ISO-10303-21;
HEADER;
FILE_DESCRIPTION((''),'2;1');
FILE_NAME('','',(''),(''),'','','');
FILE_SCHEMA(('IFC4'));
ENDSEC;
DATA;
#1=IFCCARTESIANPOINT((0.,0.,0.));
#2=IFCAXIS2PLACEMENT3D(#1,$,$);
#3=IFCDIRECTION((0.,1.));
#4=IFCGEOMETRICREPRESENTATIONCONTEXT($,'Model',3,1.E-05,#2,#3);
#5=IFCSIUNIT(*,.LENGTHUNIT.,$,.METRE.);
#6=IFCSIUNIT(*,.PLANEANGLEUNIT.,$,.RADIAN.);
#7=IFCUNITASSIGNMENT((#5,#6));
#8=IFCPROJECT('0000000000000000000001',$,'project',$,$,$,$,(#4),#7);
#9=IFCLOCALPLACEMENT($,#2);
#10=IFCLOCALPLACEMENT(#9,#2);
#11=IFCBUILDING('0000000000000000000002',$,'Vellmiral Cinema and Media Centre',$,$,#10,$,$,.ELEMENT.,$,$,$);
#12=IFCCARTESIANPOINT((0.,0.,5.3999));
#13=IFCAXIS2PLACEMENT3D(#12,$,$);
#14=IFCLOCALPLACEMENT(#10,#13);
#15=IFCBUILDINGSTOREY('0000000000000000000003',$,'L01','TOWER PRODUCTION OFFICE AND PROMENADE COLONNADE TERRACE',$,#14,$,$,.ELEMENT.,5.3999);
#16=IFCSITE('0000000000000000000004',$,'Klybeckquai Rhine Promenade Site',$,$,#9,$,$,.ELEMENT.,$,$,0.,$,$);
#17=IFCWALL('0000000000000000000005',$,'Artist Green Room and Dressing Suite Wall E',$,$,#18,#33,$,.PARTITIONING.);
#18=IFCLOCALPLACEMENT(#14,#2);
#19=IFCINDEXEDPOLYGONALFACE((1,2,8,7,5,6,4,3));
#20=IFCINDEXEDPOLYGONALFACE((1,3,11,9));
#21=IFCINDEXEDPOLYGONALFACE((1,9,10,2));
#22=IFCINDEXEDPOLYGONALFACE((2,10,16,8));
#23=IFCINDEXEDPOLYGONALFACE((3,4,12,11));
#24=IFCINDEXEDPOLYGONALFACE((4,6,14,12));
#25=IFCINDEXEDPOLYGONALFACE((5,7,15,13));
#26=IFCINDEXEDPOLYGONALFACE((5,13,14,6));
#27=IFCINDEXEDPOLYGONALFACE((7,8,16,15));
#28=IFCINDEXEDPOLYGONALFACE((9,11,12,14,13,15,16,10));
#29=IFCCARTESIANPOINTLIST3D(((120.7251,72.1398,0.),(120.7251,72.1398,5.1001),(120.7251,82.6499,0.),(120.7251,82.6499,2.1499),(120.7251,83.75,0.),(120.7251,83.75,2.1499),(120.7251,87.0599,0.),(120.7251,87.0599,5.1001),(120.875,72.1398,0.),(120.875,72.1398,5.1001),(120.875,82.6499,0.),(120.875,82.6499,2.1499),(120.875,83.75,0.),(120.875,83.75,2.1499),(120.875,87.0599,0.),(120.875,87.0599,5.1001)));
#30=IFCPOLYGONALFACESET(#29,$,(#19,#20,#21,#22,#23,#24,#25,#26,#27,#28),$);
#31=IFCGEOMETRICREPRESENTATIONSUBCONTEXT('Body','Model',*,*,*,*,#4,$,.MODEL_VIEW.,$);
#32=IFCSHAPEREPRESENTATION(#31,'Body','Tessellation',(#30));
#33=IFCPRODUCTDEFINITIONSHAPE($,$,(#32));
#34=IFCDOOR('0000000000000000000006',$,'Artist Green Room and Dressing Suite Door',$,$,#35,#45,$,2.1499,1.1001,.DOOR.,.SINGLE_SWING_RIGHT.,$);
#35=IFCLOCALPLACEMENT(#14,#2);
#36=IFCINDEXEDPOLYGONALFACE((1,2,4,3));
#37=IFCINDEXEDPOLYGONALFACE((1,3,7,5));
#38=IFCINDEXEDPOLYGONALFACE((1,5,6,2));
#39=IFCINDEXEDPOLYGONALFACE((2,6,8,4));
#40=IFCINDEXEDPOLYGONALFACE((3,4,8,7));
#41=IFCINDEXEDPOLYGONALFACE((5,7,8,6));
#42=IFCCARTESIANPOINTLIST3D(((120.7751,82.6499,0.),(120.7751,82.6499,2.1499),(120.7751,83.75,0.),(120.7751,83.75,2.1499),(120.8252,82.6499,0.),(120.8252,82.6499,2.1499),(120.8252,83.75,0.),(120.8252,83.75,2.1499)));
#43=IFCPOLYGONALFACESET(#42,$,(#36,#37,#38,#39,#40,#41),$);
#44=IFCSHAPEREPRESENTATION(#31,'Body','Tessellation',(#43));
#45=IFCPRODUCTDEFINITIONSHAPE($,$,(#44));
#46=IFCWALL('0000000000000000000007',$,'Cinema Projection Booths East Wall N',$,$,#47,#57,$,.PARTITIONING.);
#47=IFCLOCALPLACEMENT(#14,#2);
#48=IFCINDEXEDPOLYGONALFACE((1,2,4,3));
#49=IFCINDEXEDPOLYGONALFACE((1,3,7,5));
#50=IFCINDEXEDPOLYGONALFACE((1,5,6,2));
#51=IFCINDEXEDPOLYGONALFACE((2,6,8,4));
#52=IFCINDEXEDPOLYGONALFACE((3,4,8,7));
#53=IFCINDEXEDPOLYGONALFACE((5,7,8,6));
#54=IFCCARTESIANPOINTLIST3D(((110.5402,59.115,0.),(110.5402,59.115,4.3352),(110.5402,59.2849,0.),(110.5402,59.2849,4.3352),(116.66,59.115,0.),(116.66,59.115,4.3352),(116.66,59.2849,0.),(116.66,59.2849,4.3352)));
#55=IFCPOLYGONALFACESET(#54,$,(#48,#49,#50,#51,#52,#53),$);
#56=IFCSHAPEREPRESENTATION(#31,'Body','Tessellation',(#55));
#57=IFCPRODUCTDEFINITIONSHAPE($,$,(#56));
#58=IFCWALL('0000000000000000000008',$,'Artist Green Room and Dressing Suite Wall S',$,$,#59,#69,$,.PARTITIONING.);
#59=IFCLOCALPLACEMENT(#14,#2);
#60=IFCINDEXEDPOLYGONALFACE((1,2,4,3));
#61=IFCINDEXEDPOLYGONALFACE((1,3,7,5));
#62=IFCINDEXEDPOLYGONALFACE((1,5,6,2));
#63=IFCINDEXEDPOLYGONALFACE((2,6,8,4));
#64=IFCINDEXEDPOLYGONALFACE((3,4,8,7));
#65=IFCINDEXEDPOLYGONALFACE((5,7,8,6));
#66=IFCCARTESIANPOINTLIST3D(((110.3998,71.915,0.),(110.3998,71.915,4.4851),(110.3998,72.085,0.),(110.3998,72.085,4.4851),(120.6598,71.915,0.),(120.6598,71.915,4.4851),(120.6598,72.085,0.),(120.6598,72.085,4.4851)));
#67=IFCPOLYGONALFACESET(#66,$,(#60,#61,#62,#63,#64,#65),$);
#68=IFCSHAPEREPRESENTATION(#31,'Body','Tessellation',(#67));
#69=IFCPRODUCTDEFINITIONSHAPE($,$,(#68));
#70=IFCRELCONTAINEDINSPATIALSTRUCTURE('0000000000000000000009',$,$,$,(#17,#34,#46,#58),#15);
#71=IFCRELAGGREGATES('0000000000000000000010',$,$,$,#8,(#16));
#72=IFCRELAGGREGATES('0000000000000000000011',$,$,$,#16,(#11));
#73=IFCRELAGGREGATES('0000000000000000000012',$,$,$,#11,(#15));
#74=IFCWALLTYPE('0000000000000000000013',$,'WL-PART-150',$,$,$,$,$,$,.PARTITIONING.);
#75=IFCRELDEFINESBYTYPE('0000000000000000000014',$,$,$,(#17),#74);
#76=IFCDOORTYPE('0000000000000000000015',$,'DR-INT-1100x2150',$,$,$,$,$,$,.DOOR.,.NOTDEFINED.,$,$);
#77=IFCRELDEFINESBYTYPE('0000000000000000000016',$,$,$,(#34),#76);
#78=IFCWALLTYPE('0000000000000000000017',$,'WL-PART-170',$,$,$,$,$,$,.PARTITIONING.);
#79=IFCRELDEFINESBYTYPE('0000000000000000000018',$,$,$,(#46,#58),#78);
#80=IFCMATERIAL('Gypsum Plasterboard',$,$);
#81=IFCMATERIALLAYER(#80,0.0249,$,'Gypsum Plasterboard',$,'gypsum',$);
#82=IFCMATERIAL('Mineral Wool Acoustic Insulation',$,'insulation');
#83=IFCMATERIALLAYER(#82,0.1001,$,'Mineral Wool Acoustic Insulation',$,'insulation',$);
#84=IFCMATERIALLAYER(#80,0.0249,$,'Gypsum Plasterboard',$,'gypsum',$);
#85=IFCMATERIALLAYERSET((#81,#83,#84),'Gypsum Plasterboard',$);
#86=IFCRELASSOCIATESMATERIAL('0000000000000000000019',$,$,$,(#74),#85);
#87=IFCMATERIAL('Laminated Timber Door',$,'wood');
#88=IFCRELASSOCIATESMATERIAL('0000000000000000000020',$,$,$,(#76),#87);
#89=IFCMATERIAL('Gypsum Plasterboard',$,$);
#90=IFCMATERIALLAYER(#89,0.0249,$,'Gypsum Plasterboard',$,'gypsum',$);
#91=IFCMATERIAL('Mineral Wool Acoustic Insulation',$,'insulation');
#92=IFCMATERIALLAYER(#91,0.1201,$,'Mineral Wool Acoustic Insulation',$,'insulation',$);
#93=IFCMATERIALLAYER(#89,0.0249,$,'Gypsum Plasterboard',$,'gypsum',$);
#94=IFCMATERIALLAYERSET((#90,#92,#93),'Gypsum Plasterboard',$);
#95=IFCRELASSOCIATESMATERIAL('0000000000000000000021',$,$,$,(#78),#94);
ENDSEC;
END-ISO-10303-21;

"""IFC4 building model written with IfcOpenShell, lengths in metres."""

from ifc_helpers import new_model, si_unit, direction, frame, frame_2d, origin, place, context, subcontext, project, spatial, rectangle, extrude, material, layer, layer_set, type_object, element, fill, save


model = new_model("IFC4")

# Units and contexts
model_context = context("Model", 3, precision=1e-05, world=origin(), true_north=direction((0.0, 1.0)))
body_context = subcontext(model_context, "Body", "Model", "MODEL_VIEW")
ifc_project = project(units=[si_unit("LENGTHUNIT", "METRE"), si_unit("PLANEANGLEUNIT", "RADIAN")], contexts=[model_context])

# Site, building, storey
site_placement = place(None, origin())
site = spatial("IfcSite", under=ifc_project, at=site_placement, Name="Klybeckquai Rhine Promenade Site", CompositionType="ELEMENT", RefElevation=0.0)
building_placement = place(site_placement, origin())
building = spatial("IfcBuilding", under=site, at=building_placement, Name="Vellmiral Cinema and Media Centre", CompositionType="ELEMENT")
storey_placement = place(building_placement, frame((0.0, 0.0, 5.3999)))
storey = spatial("IfcBuildingStorey", under=building, at=storey_placement, Name="L01", Description="TOWER PRODUCTION OFFICE AND PROMENADE COLONNADE TERRACE", CompositionType="ELEMENT", Elevation=5.3999)

# Wall, opening, door
ifc_material_1 = material(Name="Gypsum Plasterboard")
ifc_layer_1 = layer(ifc_material_1, 0.0249, Name="Gypsum Plasterboard", Category="gypsum")
ifc_material_2 = material(Name="Mineral Wool Acoustic Insulation", Category="insulation")
ifc_layer_2 = layer(ifc_material_2, 0.1001, Name="Mineral Wool Acoustic Insulation", Category="insulation")
ifc_layer_3 = layer(ifc_material_1, 0.0249, Name="Gypsum Plasterboard", Category="gypsum")
ifc_layer_set_1 = layer_set([ifc_layer_1, ifc_layer_2, ifc_layer_3], Name="Gypsum Plasterboard")
wall_type_1 = type_object("IfcWallType", Name="WL-PART-150", PredefinedType="PARTITIONING", material=ifc_layer_set_1)
wall_1_placement = place(storey_placement, frame((120.8, 72.1399, 0.0), z_axis=(0.0, 0.0, 1.0), x_axis=(0.0, 1.0, 0.0)))
wall_1 = element("IfcWall", 1, at=wall_1_placement, inside=storey, type_object=wall_type_1, Name="Artist Green Room and Dressing Suite Wall E", PredefinedType="PARTITIONING", context=body_context, shape_type="SweptSolid", body=[
    extrude(rectangle(XDim=14.9202, YDim=0.1499, at=frame_2d((7.46, 0.0))), origin(), (0.0, 0.0, 1.0), 5.1001),
])
opening_placement = place(wall_1_placement, frame((10.51, 0.0, 0.0)))
opening = element("IfcOpeningElement", 2, at=opening_placement, cuts=wall_1, PredefinedType="OPENING", context=body_context, shape_type="SweptSolid", body=[
    extrude(rectangle(XDim=1.1001, YDim=2.1499, at=frame_2d((0.55, 1.075))), frame((0.0, 0.0869, 0.0), z_axis=(0.0, -1.0, 0.0), x_axis=(1.0, 0.0, 0.0)), (0.0, 0.0, 1.0), 0.1738),
])
ifc_material_3 = material(Name="Laminated Timber Door", Category="wood")
door_type = type_object("IfcDoorType", Name="DR-INT-1100x2150", OperationType="NOTDEFINED", PredefinedType="DOOR", material=ifc_material_3)
door_placement = place(opening_placement, origin())
door = element("IfcDoor", 3, at=door_placement, inside=storey, type_object=door_type, Name="Artist Green Room and Dressing Suite Door", OperationType="SINGLE_SWING_RIGHT", OverallHeight=2.1499, OverallWidth=1.1001, PredefinedType="DOOR", context=body_context, shape_type="SweptSolid", body=[
    extrude(rectangle(XDim=1.1001, YDim=2.1499, at=frame_2d((0.55, 1.075))), frame((0.0, 0.0249, 0.0), z_axis=(0.0, -1.0, 0.0), x_axis=(1.0, 0.0, 0.0)), (0.0, 0.0, 1.0), 0.05),
])
fill(opening, door)

# Walls
ifc_material_4 = material(Name="Gypsum Plasterboard")
ifc_layer_4 = layer(ifc_material_4, 0.0249, Name="Gypsum Plasterboard", Category="gypsum")
ifc_material_5 = material(Name="Mineral Wool Acoustic Insulation", Category="insulation")
ifc_layer_5 = layer(ifc_material_5, 0.1201, Name="Mineral Wool Acoustic Insulation", Category="insulation")
ifc_layer_6 = layer(ifc_material_4, 0.0249, Name="Gypsum Plasterboard", Category="gypsum")
ifc_layer_set_2 = layer_set([ifc_layer_4, ifc_layer_5, ifc_layer_6], Name="Gypsum Plasterboard")
wall_type_2 = type_object("IfcWallType", Name="WL-PART-170", PredefinedType="PARTITIONING", material=ifc_layer_set_2)
wall_2_placement = place(storey_placement, frame((110.54, 59.2, 0.0), z_axis=(0.0, 0.0, 1.0), x_axis=(1.0, 0.0, 0.0)))
element("IfcWall", 4, at=wall_2_placement, inside=storey, type_object=wall_type_2, Name="Cinema Projection Booths East Wall N", PredefinedType="PARTITIONING", context=body_context, shape_type="SweptSolid", body=[
    extrude(rectangle(XDim=6.1199, YDim=0.1699, at=frame_2d((3.0601, 0.0))), origin(), (0.0, 0.0, 1.0), 4.3352),
])
wall_3_placement = place(storey_placement, frame((110.3999, 72.0, 0.0), z_axis=(0.0, 0.0, 1.0), x_axis=(1.0, 0.0, 0.0)))
element("IfcWall", 5, at=wall_3_placement, inside=storey, type_object=wall_type_2, Name="Artist Green Room and Dressing Suite Wall S", PredefinedType="PARTITIONING", context=body_context, shape_type="SweptSolid", body=[
    extrude(rectangle(XDim=10.26, YDim=0.1699, at=frame_2d((5.1299, 0.0))), origin(), (0.0, 0.0, 1.0), 4.4851),
])

save(model, "model.ifc")
